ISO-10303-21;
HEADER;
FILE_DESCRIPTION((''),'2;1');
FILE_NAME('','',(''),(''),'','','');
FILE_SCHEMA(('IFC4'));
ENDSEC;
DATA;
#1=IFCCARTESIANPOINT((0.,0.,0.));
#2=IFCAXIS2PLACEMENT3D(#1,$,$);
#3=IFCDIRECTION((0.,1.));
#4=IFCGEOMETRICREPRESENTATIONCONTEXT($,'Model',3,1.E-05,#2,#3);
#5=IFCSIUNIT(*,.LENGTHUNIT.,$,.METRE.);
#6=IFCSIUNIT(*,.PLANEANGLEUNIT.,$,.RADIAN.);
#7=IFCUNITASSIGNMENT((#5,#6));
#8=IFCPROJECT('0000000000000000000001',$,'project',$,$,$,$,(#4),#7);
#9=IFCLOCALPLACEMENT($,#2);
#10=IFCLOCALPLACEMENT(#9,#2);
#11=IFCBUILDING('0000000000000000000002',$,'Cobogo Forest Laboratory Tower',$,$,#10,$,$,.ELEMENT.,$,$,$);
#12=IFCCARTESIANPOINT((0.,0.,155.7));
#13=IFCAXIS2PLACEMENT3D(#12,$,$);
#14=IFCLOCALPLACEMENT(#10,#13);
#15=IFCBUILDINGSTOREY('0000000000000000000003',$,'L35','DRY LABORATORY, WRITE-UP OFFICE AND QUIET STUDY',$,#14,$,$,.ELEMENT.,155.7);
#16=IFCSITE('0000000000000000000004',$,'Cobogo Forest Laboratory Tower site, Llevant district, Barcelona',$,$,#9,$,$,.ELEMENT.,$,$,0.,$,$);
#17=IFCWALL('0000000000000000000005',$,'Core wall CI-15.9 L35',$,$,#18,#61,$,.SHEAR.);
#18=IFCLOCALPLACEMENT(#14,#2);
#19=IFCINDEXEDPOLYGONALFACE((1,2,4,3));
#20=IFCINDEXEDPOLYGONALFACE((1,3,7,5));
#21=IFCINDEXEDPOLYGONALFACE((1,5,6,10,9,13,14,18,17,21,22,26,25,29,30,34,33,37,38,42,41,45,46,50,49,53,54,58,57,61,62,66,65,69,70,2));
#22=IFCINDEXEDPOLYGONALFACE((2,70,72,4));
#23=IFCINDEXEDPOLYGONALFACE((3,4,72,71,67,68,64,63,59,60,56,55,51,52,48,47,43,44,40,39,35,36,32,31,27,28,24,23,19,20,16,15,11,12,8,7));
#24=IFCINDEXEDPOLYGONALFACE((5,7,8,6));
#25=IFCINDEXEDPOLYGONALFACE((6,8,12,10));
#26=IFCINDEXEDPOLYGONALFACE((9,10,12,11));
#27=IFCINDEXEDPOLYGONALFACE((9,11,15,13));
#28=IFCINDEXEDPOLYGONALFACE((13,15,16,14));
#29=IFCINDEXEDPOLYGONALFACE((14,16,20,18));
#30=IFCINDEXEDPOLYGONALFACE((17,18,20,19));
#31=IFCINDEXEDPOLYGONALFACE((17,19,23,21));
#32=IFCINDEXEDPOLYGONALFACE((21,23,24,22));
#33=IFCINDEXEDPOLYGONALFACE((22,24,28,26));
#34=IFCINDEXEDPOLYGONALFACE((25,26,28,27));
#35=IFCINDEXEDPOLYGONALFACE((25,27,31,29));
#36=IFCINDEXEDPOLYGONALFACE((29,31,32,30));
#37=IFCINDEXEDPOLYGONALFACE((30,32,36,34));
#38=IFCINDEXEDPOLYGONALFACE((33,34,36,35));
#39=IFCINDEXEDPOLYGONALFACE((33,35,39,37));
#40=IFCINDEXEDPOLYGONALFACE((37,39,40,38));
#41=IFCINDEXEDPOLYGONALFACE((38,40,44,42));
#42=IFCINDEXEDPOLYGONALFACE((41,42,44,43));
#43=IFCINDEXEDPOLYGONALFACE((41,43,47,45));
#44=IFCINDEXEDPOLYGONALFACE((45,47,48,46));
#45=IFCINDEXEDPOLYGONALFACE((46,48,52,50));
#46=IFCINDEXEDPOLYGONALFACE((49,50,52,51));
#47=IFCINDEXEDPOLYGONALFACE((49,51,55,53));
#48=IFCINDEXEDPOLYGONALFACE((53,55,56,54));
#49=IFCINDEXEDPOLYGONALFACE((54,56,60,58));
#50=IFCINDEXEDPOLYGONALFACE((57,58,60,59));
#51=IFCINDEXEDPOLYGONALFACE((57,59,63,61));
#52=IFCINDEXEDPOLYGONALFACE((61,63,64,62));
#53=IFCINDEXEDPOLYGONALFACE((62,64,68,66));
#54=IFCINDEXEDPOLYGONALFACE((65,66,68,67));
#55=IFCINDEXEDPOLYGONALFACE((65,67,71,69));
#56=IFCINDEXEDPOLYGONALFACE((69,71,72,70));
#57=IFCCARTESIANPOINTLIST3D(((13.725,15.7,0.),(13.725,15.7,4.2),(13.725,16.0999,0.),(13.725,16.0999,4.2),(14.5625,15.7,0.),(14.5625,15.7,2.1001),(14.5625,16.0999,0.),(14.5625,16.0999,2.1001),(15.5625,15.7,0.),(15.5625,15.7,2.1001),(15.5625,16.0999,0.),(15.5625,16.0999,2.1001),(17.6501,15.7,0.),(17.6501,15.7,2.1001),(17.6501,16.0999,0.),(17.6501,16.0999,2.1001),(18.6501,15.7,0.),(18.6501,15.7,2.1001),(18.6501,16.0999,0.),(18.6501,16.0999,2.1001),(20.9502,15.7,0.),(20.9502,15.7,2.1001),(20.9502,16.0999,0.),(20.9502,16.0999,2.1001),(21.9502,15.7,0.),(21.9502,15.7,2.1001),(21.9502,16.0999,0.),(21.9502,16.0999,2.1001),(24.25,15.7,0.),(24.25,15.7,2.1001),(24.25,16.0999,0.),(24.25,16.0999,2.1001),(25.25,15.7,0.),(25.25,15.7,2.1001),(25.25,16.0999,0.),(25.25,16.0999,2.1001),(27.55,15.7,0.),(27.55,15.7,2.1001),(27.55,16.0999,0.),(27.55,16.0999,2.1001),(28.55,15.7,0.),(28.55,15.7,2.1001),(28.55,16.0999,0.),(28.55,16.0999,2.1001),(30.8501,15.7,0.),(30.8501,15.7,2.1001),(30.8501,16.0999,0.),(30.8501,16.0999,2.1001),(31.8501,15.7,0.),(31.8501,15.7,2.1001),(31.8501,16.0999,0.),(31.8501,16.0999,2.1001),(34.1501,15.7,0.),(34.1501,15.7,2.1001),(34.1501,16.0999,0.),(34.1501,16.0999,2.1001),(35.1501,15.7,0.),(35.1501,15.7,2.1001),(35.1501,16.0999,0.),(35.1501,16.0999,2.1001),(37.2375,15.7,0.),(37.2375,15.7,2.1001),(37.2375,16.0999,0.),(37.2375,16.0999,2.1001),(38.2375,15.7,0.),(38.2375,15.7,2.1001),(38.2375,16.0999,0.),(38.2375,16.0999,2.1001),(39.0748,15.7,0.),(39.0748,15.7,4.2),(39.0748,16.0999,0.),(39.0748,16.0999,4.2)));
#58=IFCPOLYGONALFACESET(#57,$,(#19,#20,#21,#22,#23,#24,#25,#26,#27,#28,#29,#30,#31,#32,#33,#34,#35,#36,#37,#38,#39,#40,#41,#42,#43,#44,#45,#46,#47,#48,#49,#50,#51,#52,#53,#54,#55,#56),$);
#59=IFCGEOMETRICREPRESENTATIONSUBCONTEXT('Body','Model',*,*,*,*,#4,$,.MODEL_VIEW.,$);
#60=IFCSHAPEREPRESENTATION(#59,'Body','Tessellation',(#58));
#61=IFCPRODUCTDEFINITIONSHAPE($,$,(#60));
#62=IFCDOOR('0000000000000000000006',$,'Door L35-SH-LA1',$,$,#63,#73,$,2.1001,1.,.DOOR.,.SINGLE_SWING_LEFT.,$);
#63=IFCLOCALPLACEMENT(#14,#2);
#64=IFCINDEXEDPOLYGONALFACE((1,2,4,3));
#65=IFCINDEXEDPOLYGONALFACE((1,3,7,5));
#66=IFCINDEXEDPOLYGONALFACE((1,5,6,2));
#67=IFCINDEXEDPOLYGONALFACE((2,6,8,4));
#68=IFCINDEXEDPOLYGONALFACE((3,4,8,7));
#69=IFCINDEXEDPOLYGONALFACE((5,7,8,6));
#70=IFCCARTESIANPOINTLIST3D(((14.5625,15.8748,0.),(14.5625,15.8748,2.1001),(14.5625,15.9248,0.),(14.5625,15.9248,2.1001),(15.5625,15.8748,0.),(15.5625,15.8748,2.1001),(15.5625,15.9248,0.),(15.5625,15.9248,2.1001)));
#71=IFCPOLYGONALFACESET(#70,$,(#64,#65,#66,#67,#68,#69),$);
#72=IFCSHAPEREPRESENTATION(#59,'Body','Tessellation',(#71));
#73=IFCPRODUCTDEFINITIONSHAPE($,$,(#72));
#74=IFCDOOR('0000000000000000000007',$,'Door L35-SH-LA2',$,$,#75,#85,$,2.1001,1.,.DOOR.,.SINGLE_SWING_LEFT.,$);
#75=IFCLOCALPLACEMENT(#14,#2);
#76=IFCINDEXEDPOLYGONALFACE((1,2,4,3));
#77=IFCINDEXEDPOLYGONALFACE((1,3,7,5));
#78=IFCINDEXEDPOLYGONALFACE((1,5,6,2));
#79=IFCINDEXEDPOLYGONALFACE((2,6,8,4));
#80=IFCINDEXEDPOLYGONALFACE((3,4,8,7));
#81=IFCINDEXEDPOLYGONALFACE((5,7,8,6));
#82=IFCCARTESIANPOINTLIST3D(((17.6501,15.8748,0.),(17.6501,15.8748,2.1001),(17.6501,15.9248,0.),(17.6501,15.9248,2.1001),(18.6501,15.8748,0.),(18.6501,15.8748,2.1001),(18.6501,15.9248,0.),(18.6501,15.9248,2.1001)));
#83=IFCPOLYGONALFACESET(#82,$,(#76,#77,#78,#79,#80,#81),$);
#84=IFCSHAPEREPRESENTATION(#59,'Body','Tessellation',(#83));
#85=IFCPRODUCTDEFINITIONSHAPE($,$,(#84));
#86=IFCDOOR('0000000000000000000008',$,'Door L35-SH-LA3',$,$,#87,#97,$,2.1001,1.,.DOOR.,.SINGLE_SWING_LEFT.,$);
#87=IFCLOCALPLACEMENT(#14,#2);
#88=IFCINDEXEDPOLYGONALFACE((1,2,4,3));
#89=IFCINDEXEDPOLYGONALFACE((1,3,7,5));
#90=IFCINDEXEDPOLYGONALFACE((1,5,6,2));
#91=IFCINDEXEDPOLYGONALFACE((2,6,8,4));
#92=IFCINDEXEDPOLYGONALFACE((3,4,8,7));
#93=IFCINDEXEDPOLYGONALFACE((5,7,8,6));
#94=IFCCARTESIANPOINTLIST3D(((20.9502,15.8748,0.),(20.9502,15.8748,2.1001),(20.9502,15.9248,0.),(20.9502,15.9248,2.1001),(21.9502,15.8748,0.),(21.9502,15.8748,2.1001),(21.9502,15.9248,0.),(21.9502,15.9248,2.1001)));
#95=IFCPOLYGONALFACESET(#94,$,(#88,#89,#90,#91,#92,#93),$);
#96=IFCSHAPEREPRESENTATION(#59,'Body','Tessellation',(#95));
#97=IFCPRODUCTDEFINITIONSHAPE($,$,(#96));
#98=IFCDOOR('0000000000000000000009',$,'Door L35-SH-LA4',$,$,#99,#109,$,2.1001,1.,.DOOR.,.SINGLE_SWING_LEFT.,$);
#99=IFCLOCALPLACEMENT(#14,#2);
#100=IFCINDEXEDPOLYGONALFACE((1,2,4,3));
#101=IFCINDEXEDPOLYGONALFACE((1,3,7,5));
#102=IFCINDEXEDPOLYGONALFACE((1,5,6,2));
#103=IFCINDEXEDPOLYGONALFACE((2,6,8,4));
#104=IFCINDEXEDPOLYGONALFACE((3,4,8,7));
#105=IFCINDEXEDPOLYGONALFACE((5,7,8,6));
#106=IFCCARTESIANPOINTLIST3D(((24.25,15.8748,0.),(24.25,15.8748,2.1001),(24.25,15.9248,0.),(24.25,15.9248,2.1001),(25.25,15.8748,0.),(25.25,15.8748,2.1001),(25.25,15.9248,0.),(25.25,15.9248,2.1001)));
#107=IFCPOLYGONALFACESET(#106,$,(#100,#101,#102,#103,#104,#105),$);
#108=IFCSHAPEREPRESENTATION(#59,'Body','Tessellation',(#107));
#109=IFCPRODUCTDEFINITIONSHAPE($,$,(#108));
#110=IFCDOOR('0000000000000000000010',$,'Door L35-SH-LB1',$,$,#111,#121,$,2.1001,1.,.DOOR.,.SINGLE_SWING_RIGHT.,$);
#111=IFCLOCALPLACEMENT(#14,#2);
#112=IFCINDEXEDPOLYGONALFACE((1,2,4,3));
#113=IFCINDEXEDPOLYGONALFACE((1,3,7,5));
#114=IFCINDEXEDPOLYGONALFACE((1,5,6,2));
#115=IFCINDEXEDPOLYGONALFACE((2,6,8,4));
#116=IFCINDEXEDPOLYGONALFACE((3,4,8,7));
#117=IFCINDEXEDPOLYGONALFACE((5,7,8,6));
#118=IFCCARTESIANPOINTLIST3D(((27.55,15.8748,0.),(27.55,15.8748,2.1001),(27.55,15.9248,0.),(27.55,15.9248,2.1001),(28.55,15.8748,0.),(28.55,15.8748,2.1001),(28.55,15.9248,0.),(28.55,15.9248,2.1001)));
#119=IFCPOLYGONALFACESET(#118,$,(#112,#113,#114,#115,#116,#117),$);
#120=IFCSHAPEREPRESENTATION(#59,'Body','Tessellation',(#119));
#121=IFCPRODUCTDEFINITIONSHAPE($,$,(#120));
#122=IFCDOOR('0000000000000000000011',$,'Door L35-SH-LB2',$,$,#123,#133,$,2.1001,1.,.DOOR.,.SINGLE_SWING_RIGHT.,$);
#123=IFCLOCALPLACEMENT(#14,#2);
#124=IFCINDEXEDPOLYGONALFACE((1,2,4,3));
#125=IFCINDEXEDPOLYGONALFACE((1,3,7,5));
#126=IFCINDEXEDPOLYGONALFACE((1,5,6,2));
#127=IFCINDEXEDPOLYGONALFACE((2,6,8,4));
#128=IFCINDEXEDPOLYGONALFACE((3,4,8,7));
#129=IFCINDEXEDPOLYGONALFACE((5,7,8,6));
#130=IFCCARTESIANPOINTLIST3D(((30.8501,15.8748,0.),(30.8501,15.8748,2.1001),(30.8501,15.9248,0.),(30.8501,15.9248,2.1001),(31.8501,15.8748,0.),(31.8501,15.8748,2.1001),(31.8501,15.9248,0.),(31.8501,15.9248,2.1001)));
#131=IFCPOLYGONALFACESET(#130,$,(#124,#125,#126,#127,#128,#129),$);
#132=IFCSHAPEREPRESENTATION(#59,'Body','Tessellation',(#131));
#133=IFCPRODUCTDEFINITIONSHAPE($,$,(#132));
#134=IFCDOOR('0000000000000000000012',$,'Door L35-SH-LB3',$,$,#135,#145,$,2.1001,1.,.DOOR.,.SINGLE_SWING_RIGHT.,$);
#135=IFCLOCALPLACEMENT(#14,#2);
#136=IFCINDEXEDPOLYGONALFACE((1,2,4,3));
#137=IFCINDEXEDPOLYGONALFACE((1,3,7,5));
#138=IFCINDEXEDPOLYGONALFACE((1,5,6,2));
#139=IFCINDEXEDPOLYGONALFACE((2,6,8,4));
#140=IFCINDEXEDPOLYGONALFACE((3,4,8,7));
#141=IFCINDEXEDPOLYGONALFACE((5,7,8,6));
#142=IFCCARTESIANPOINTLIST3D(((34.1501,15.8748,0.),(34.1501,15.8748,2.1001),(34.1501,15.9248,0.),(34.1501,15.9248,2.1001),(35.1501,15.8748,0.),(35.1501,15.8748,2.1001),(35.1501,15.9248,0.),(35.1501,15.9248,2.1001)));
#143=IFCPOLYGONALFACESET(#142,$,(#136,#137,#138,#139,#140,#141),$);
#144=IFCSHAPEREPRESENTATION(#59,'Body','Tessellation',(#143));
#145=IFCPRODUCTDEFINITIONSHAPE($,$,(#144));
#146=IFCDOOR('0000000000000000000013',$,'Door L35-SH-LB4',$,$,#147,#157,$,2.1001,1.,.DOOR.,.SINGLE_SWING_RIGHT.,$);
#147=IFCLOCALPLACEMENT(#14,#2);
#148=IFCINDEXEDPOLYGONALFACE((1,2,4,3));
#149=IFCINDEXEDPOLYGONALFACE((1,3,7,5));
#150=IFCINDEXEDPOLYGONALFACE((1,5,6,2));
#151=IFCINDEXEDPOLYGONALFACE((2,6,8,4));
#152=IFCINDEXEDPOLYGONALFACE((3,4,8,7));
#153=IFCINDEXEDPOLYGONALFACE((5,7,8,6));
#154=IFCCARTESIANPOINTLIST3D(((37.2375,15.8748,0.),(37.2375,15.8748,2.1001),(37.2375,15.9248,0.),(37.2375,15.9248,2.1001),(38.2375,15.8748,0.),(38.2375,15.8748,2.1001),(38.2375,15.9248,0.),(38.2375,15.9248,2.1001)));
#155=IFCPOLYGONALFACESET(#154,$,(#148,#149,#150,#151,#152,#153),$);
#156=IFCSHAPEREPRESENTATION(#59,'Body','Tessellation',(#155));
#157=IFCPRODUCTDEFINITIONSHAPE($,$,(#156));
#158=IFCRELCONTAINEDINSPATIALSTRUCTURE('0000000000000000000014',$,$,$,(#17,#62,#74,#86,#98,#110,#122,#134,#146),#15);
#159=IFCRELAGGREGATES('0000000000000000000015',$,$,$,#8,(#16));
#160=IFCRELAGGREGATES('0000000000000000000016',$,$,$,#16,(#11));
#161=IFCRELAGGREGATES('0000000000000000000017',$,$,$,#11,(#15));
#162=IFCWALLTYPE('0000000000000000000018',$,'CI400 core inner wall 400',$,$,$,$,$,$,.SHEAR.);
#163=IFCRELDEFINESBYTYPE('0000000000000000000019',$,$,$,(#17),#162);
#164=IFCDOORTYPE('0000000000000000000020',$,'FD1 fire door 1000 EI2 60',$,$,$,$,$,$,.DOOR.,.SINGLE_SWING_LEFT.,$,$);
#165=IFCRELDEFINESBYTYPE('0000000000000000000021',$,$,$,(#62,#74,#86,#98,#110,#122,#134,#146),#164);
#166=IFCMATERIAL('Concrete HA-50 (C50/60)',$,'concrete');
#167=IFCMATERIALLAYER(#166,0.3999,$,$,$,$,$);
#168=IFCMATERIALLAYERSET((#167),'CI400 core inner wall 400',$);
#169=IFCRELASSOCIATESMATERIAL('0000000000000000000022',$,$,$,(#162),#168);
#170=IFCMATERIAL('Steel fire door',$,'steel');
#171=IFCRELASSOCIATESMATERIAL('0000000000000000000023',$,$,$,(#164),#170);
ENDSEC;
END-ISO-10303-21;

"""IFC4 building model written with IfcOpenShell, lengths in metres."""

from ifc_helpers import new_model, si_unit, direction, frame, frame_2d, origin, place, context, subcontext, project, spatial, rectangle, extrude, material, layer, layer_set, type_object, element, fill, save


model = new_model("IFC4")

# Units and contexts
model_context = context("Model", 3, precision=1e-05, world=origin(), true_north=direction((0.0, 1.0)))
body_context = subcontext(model_context, "Body", "Model", "MODEL_VIEW")
ifc_project = project(units=[si_unit("LENGTHUNIT", "METRE"), si_unit("PLANEANGLEUNIT", "RADIAN")], contexts=[model_context])

# Site, building, storey
site_placement = place(None, origin())
site = spatial("IfcSite", under=ifc_project, at=site_placement, Name="Cobogo Forest Laboratory Tower site, Llevant district, Barcelona", CompositionType="ELEMENT", RefElevation=0.0)
building_placement = place(site_placement, origin())
building = spatial("IfcBuilding", under=site, at=building_placement, Name="Cobogo Forest Laboratory Tower", CompositionType="ELEMENT")
storey_placement = place(building_placement, frame((0.0, 0.0, 155.7)))
storey = spatial("IfcBuildingStorey", under=building, at=storey_placement, Name="L35", Description="DRY LABORATORY, WRITE-UP OFFICE AND QUIET STUDY", CompositionType="ELEMENT", Elevation=155.7)

# Wall, openings, doors
ifc_material_1 = material(Name="Concrete HA-50 (C50/60)", Category="concrete")
ifc_layer = layer(ifc_material_1, 0.3999)
ifc_layer_set = layer_set([ifc_layer], Name="CI400 core inner wall 400")
wall_type = type_object("IfcWallType", Name="CI400 core inner wall 400", PredefinedType="SHEAR", material=ifc_layer_set)
wall_1_placement = place(storey_placement, frame((13.7251, 15.8999, 0.0), z_axis=(0.0, 0.0, 1.0), x_axis=(1.0, 0.0, 0.0)))
wall_1 = element("IfcWall", 1, at=wall_1_placement, inside=storey, type_object=wall_type, Name="Core wall CI-15.9 L35", PredefinedType="SHEAR", context=body_context, shape_type="SweptSolid", body=[
    extrude(rectangle(XDim=25.3499, YDim=0.3999, at=frame_2d((12.6748, 0.0))), origin(), (0.0, 0.0, 1.0), 4.2),
])
opening_1_placement = place(wall_1_placement, frame((0.8374, 0.0, 0.0)))
opening_1 = element("IfcOpeningElement", 2, at=opening_1_placement, cuts=wall_1, PredefinedType="OPENING", context=body_context, shape_type="SweptSolid", body=[
    extrude(rectangle(XDim=1.0, YDim=2.1001, at=frame_2d((0.5, 1.05))), frame((0.0, 0.21, 0.0), z_axis=(0.0, -1.0, 0.0), x_axis=(1.0, 0.0, 0.0)), (0.0, 0.0, 1.0), 0.4199),
])
opening_2_placement = place(wall_1_placement, frame((3.925, 0.0, 0.0)))
opening_2 = element("IfcOpeningElement", 3, at=opening_2_placement, cuts=wall_1, PredefinedType="OPENING", context=body_context, shape_type="SweptSolid", body=[
    extrude(rectangle(XDim=1.0, YDim=2.1001, at=frame_2d((0.5, 1.05))), frame((0.0, 0.21, 0.0), z_axis=(0.0, -1.0, 0.0), x_axis=(1.0, 0.0, 0.0)), (0.0, 0.0, 1.0), 0.4199),
])
opening_3_placement = place(wall_1_placement, frame((7.2251, 0.0, 0.0)))
opening_3 = element("IfcOpeningElement", 4, at=opening_3_placement, cuts=wall_1, PredefinedType="OPENING", context=body_context, shape_type="SweptSolid", body=[
    extrude(rectangle(XDim=1.0, YDim=2.1001, at=frame_2d((0.5, 1.05))), frame((0.0, 0.21, 0.0), z_axis=(0.0, -1.0, 0.0), x_axis=(1.0, 0.0, 0.0)), (0.0, 0.0, 1.0), 0.4199),
])
opening_4_placement = place(wall_1_placement, frame((10.5249, 0.0, 0.0)))
opening_4 = element("IfcOpeningElement", 5, at=opening_4_placement, cuts=wall_1, PredefinedType="OPENING", context=body_context, shape_type="SweptSolid", body=[
    extrude(rectangle(XDim=1.0, YDim=2.1001, at=frame_2d((0.5, 1.05))), frame((0.0, 0.21, 0.0), z_axis=(0.0, -1.0, 0.0), x_axis=(1.0, 0.0, 0.0)), (0.0, 0.0, 1.0), 0.4199),
])
opening_5_placement = place(wall_1_placement, frame((13.825, 0.0, 0.0)))
opening_5 = element("IfcOpeningElement", 6, at=opening_5_placement, cuts=wall_1, PredefinedType="OPENING", context=body_context, shape_type="SweptSolid", body=[
    extrude(rectangle(XDim=1.0, YDim=2.1001, at=frame_2d((0.5, 1.05))), frame((0.0, 0.21, 0.0), z_axis=(0.0, -1.0, 0.0), x_axis=(1.0, 0.0, 0.0)), (0.0, 0.0, 1.0), 0.4199),
])
opening_6_placement = place(wall_1_placement, frame((17.125, 0.0, 0.0)))
opening_6 = element("IfcOpeningElement", 7, at=opening_6_placement, cuts=wall_1, PredefinedType="OPENING", context=body_context, shape_type="SweptSolid", body=[
    extrude(rectangle(XDim=1.0, YDim=2.1001, at=frame_2d((0.5, 1.05))), frame((0.0, 0.21, 0.0), z_axis=(0.0, -1.0, 0.0), x_axis=(1.0, 0.0, 0.0)), (0.0, 0.0, 1.0), 0.4199),
])
opening_7_placement = place(wall_1_placement, frame((20.425, 0.0, 0.0)))
opening_7 = element("IfcOpeningElement", 8, at=opening_7_placement, cuts=wall_1, PredefinedType="OPENING", context=body_context, shape_type="SweptSolid", body=[
    extrude(rectangle(XDim=1.0, YDim=2.1001, at=frame_2d((0.5, 1.05))), frame((0.0, 0.21, 0.0), z_axis=(0.0, -1.0, 0.0), x_axis=(1.0, 0.0, 0.0)), (0.0, 0.0, 1.0), 0.4199),
])
opening_8_placement = place(wall_1_placement, frame((23.5125, 0.0, 0.0)))
opening_8 = element("IfcOpeningElement", 9, at=opening_8_placement, cuts=wall_1, PredefinedType="OPENING", context=body_context, shape_type="SweptSolid", body=[
    extrude(rectangle(XDim=1.0, YDim=2.1001, at=frame_2d((0.5, 1.05))), frame((0.0, 0.21, 0.0), z_axis=(0.0, -1.0, 0.0), x_axis=(1.0, 0.0, 0.0)), (0.0, 0.0, 1.0), 0.4199),
])
ifc_material_2 = material(Name="Steel fire door", Category="steel")
door_type_1 = type_object("IfcDoorType", Name="FD1 fire door 1000 EI2 60", OperationType="SINGLE_SWING_LEFT", PredefinedType="DOOR", material=ifc_material_2)
door_1_placement = place(opening_1_placement, origin())
door_1 = element("IfcDoor", 10, at=door_1_placement, inside=storey, type_object=door_type_1, Name="Door L35-SH-LA1", OperationType="SINGLE_SWING_LEFT", OverallHeight=2.1001, OverallWidth=1.0, PredefinedType="DOOR", context=body_context, shape_type="SweptSolid", body=[
    extrude(rectangle(XDim=1.0, YDim=2.1001, at=frame_2d((0.5, 1.05))), frame((0.0, 0.0249, 0.0), z_axis=(0.0, -1.0, 0.0), x_axis=(1.0, 0.0, 0.0)), (0.0, 0.0, 1.0), 0.05),
])
fill(opening_1, door_1)
door_2_placement = place(opening_2_placement, origin())
door_2 = element("IfcDoor", 11, at=door_2_placement, inside=storey, type_object=door_type_1, Name="Door L35-SH-LA2", OperationType="SINGLE_SWING_LEFT", OverallHeight=2.1001, OverallWidth=1.0, PredefinedType="DOOR", context=body_context, shape_type="SweptSolid", body=[
    extrude(rectangle(XDim=1.0, YDim=2.1001, at=frame_2d((0.5, 1.05))), frame((0.0, 0.0249, 0.0), z_axis=(0.0, -1.0, 0.0), x_axis=(1.0, 0.0, 0.0)), (0.0, 0.0, 1.0), 0.05),
])
fill(opening_2, door_2)
door_3_placement = place(opening_3_placement, origin())
door_3 = element("IfcDoor", 12, at=door_3_placement, inside=storey, type_object=door_type_1, Name="Door L35-SH-LA3", OperationType="SINGLE_SWING_LEFT", OverallHeight=2.1001, OverallWidth=1.0, PredefinedType="DOOR", context=body_context, shape_type="SweptSolid", body=[
    extrude(rectangle(XDim=1.0, YDim=2.1001, at=frame_2d((0.5, 1.05))), frame((0.0, 0.0249, 0.0), z_axis=(0.0, -1.0, 0.0), x_axis=(1.0, 0.0, 0.0)), (0.0, 0.0, 1.0), 0.05),
])
fill(opening_3, door_3)
door_4_placement = place(opening_4_placement, origin())
door_4 = element("IfcDoor", 13, at=door_4_placement, inside=storey, type_object=door_type_1, Name="Door L35-SH-LA4", OperationType="SINGLE_SWING_LEFT", OverallHeight=2.1001, OverallWidth=1.0, PredefinedType="DOOR", context=body_context, shape_type="SweptSolid", body=[
    extrude(rectangle(XDim=1.0, YDim=2.1001, at=frame_2d((0.5, 1.05))), frame((0.0, 0.0249, 0.0), z_axis=(0.0, -1.0, 0.0), x_axis=(1.0, 0.0, 0.0)), (0.0, 0.0, 1.0), 0.05),
])
fill(opening_4, door_4)
door_5_placement = place(opening_5_placement, origin())
door_5 = element("IfcDoor", 14, at=door_5_placement, inside=storey, type_object=door_type_1, Name="Door L35-SH-LB1", OperationType="SINGLE_SWING_RIGHT", OverallHeight=2.1001, OverallWidth=1.0, PredefinedType="DOOR", context=body_context, shape_type="SweptSolid", body=[
    extrude(rectangle(XDim=1.0, YDim=2.1001, at=frame_2d((0.5, 1.05))), frame((0.0, 0.0249, 0.0), z_axis=(0.0, -1.0, 0.0), x_axis=(1.0, 0.0, 0.0)), (0.0, 0.0, 1.0), 0.05),
])
fill(opening_5, door_5)
door_6_placement = place(opening_6_placement, origin())
door_6 = element("IfcDoor", 15, at=door_6_placement, inside=storey, type_object=door_type_1, Name="Door L35-SH-LB2", OperationType="SINGLE_SWING_RIGHT", OverallHeight=2.1001, OverallWidth=1.0, PredefinedType="DOOR", context=body_context, shape_type="SweptSolid", body=[
    extrude(rectangle(XDim=1.0, YDim=2.1001, at=frame_2d((0.5, 1.05))), frame((0.0, 0.0249, 0.0), z_axis=(0.0, -1.0, 0.0), x_axis=(1.0, 0.0, 0.0)), (0.0, 0.0, 1.0), 0.05),
])
fill(opening_6, door_6)
door_7_placement = place(opening_7_placement, origin())
door_7 = element("IfcDoor", 16, at=door_7_placement, inside=storey, type_object=door_type_1, Name="Door L35-SH-LB3", OperationType="SINGLE_SWING_RIGHT", OverallHeight=2.1001, OverallWidth=1.0, PredefinedType="DOOR", context=body_context, shape_type="SweptSolid", body=[
    extrude(rectangle(XDim=1.0, YDim=2.1001, at=frame_2d((0.5, 1.05))), frame((0.0, 0.0249, 0.0), z_axis=(0.0, -1.0, 0.0), x_axis=(1.0, 0.0, 0.0)), (0.0, 0.0, 1.0), 0.05),
])
fill(opening_7, door_7)
door_8_placement = place(opening_8_placement, origin())
door_8 = element("IfcDoor", 17, at=door_8_placement, inside=storey, type_object=door_type_1, Name="Door L35-SH-LB4", OperationType="SINGLE_SWING_RIGHT", OverallHeight=2.1001, OverallWidth=1.0, PredefinedType="DOOR", context=body_context, shape_type="SweptSolid", body=[
    extrude(rectangle(XDim=1.0, YDim=2.1001, at=frame_2d((0.5, 1.05))), frame((0.0, 0.0249, 0.0), z_axis=(0.0, -1.0, 0.0), x_axis=(1.0, 0.0, 0.0)), (0.0, 0.0, 1.0), 0.05),
])
fill(opening_8, door_8)

save(model, "model.ifc")
